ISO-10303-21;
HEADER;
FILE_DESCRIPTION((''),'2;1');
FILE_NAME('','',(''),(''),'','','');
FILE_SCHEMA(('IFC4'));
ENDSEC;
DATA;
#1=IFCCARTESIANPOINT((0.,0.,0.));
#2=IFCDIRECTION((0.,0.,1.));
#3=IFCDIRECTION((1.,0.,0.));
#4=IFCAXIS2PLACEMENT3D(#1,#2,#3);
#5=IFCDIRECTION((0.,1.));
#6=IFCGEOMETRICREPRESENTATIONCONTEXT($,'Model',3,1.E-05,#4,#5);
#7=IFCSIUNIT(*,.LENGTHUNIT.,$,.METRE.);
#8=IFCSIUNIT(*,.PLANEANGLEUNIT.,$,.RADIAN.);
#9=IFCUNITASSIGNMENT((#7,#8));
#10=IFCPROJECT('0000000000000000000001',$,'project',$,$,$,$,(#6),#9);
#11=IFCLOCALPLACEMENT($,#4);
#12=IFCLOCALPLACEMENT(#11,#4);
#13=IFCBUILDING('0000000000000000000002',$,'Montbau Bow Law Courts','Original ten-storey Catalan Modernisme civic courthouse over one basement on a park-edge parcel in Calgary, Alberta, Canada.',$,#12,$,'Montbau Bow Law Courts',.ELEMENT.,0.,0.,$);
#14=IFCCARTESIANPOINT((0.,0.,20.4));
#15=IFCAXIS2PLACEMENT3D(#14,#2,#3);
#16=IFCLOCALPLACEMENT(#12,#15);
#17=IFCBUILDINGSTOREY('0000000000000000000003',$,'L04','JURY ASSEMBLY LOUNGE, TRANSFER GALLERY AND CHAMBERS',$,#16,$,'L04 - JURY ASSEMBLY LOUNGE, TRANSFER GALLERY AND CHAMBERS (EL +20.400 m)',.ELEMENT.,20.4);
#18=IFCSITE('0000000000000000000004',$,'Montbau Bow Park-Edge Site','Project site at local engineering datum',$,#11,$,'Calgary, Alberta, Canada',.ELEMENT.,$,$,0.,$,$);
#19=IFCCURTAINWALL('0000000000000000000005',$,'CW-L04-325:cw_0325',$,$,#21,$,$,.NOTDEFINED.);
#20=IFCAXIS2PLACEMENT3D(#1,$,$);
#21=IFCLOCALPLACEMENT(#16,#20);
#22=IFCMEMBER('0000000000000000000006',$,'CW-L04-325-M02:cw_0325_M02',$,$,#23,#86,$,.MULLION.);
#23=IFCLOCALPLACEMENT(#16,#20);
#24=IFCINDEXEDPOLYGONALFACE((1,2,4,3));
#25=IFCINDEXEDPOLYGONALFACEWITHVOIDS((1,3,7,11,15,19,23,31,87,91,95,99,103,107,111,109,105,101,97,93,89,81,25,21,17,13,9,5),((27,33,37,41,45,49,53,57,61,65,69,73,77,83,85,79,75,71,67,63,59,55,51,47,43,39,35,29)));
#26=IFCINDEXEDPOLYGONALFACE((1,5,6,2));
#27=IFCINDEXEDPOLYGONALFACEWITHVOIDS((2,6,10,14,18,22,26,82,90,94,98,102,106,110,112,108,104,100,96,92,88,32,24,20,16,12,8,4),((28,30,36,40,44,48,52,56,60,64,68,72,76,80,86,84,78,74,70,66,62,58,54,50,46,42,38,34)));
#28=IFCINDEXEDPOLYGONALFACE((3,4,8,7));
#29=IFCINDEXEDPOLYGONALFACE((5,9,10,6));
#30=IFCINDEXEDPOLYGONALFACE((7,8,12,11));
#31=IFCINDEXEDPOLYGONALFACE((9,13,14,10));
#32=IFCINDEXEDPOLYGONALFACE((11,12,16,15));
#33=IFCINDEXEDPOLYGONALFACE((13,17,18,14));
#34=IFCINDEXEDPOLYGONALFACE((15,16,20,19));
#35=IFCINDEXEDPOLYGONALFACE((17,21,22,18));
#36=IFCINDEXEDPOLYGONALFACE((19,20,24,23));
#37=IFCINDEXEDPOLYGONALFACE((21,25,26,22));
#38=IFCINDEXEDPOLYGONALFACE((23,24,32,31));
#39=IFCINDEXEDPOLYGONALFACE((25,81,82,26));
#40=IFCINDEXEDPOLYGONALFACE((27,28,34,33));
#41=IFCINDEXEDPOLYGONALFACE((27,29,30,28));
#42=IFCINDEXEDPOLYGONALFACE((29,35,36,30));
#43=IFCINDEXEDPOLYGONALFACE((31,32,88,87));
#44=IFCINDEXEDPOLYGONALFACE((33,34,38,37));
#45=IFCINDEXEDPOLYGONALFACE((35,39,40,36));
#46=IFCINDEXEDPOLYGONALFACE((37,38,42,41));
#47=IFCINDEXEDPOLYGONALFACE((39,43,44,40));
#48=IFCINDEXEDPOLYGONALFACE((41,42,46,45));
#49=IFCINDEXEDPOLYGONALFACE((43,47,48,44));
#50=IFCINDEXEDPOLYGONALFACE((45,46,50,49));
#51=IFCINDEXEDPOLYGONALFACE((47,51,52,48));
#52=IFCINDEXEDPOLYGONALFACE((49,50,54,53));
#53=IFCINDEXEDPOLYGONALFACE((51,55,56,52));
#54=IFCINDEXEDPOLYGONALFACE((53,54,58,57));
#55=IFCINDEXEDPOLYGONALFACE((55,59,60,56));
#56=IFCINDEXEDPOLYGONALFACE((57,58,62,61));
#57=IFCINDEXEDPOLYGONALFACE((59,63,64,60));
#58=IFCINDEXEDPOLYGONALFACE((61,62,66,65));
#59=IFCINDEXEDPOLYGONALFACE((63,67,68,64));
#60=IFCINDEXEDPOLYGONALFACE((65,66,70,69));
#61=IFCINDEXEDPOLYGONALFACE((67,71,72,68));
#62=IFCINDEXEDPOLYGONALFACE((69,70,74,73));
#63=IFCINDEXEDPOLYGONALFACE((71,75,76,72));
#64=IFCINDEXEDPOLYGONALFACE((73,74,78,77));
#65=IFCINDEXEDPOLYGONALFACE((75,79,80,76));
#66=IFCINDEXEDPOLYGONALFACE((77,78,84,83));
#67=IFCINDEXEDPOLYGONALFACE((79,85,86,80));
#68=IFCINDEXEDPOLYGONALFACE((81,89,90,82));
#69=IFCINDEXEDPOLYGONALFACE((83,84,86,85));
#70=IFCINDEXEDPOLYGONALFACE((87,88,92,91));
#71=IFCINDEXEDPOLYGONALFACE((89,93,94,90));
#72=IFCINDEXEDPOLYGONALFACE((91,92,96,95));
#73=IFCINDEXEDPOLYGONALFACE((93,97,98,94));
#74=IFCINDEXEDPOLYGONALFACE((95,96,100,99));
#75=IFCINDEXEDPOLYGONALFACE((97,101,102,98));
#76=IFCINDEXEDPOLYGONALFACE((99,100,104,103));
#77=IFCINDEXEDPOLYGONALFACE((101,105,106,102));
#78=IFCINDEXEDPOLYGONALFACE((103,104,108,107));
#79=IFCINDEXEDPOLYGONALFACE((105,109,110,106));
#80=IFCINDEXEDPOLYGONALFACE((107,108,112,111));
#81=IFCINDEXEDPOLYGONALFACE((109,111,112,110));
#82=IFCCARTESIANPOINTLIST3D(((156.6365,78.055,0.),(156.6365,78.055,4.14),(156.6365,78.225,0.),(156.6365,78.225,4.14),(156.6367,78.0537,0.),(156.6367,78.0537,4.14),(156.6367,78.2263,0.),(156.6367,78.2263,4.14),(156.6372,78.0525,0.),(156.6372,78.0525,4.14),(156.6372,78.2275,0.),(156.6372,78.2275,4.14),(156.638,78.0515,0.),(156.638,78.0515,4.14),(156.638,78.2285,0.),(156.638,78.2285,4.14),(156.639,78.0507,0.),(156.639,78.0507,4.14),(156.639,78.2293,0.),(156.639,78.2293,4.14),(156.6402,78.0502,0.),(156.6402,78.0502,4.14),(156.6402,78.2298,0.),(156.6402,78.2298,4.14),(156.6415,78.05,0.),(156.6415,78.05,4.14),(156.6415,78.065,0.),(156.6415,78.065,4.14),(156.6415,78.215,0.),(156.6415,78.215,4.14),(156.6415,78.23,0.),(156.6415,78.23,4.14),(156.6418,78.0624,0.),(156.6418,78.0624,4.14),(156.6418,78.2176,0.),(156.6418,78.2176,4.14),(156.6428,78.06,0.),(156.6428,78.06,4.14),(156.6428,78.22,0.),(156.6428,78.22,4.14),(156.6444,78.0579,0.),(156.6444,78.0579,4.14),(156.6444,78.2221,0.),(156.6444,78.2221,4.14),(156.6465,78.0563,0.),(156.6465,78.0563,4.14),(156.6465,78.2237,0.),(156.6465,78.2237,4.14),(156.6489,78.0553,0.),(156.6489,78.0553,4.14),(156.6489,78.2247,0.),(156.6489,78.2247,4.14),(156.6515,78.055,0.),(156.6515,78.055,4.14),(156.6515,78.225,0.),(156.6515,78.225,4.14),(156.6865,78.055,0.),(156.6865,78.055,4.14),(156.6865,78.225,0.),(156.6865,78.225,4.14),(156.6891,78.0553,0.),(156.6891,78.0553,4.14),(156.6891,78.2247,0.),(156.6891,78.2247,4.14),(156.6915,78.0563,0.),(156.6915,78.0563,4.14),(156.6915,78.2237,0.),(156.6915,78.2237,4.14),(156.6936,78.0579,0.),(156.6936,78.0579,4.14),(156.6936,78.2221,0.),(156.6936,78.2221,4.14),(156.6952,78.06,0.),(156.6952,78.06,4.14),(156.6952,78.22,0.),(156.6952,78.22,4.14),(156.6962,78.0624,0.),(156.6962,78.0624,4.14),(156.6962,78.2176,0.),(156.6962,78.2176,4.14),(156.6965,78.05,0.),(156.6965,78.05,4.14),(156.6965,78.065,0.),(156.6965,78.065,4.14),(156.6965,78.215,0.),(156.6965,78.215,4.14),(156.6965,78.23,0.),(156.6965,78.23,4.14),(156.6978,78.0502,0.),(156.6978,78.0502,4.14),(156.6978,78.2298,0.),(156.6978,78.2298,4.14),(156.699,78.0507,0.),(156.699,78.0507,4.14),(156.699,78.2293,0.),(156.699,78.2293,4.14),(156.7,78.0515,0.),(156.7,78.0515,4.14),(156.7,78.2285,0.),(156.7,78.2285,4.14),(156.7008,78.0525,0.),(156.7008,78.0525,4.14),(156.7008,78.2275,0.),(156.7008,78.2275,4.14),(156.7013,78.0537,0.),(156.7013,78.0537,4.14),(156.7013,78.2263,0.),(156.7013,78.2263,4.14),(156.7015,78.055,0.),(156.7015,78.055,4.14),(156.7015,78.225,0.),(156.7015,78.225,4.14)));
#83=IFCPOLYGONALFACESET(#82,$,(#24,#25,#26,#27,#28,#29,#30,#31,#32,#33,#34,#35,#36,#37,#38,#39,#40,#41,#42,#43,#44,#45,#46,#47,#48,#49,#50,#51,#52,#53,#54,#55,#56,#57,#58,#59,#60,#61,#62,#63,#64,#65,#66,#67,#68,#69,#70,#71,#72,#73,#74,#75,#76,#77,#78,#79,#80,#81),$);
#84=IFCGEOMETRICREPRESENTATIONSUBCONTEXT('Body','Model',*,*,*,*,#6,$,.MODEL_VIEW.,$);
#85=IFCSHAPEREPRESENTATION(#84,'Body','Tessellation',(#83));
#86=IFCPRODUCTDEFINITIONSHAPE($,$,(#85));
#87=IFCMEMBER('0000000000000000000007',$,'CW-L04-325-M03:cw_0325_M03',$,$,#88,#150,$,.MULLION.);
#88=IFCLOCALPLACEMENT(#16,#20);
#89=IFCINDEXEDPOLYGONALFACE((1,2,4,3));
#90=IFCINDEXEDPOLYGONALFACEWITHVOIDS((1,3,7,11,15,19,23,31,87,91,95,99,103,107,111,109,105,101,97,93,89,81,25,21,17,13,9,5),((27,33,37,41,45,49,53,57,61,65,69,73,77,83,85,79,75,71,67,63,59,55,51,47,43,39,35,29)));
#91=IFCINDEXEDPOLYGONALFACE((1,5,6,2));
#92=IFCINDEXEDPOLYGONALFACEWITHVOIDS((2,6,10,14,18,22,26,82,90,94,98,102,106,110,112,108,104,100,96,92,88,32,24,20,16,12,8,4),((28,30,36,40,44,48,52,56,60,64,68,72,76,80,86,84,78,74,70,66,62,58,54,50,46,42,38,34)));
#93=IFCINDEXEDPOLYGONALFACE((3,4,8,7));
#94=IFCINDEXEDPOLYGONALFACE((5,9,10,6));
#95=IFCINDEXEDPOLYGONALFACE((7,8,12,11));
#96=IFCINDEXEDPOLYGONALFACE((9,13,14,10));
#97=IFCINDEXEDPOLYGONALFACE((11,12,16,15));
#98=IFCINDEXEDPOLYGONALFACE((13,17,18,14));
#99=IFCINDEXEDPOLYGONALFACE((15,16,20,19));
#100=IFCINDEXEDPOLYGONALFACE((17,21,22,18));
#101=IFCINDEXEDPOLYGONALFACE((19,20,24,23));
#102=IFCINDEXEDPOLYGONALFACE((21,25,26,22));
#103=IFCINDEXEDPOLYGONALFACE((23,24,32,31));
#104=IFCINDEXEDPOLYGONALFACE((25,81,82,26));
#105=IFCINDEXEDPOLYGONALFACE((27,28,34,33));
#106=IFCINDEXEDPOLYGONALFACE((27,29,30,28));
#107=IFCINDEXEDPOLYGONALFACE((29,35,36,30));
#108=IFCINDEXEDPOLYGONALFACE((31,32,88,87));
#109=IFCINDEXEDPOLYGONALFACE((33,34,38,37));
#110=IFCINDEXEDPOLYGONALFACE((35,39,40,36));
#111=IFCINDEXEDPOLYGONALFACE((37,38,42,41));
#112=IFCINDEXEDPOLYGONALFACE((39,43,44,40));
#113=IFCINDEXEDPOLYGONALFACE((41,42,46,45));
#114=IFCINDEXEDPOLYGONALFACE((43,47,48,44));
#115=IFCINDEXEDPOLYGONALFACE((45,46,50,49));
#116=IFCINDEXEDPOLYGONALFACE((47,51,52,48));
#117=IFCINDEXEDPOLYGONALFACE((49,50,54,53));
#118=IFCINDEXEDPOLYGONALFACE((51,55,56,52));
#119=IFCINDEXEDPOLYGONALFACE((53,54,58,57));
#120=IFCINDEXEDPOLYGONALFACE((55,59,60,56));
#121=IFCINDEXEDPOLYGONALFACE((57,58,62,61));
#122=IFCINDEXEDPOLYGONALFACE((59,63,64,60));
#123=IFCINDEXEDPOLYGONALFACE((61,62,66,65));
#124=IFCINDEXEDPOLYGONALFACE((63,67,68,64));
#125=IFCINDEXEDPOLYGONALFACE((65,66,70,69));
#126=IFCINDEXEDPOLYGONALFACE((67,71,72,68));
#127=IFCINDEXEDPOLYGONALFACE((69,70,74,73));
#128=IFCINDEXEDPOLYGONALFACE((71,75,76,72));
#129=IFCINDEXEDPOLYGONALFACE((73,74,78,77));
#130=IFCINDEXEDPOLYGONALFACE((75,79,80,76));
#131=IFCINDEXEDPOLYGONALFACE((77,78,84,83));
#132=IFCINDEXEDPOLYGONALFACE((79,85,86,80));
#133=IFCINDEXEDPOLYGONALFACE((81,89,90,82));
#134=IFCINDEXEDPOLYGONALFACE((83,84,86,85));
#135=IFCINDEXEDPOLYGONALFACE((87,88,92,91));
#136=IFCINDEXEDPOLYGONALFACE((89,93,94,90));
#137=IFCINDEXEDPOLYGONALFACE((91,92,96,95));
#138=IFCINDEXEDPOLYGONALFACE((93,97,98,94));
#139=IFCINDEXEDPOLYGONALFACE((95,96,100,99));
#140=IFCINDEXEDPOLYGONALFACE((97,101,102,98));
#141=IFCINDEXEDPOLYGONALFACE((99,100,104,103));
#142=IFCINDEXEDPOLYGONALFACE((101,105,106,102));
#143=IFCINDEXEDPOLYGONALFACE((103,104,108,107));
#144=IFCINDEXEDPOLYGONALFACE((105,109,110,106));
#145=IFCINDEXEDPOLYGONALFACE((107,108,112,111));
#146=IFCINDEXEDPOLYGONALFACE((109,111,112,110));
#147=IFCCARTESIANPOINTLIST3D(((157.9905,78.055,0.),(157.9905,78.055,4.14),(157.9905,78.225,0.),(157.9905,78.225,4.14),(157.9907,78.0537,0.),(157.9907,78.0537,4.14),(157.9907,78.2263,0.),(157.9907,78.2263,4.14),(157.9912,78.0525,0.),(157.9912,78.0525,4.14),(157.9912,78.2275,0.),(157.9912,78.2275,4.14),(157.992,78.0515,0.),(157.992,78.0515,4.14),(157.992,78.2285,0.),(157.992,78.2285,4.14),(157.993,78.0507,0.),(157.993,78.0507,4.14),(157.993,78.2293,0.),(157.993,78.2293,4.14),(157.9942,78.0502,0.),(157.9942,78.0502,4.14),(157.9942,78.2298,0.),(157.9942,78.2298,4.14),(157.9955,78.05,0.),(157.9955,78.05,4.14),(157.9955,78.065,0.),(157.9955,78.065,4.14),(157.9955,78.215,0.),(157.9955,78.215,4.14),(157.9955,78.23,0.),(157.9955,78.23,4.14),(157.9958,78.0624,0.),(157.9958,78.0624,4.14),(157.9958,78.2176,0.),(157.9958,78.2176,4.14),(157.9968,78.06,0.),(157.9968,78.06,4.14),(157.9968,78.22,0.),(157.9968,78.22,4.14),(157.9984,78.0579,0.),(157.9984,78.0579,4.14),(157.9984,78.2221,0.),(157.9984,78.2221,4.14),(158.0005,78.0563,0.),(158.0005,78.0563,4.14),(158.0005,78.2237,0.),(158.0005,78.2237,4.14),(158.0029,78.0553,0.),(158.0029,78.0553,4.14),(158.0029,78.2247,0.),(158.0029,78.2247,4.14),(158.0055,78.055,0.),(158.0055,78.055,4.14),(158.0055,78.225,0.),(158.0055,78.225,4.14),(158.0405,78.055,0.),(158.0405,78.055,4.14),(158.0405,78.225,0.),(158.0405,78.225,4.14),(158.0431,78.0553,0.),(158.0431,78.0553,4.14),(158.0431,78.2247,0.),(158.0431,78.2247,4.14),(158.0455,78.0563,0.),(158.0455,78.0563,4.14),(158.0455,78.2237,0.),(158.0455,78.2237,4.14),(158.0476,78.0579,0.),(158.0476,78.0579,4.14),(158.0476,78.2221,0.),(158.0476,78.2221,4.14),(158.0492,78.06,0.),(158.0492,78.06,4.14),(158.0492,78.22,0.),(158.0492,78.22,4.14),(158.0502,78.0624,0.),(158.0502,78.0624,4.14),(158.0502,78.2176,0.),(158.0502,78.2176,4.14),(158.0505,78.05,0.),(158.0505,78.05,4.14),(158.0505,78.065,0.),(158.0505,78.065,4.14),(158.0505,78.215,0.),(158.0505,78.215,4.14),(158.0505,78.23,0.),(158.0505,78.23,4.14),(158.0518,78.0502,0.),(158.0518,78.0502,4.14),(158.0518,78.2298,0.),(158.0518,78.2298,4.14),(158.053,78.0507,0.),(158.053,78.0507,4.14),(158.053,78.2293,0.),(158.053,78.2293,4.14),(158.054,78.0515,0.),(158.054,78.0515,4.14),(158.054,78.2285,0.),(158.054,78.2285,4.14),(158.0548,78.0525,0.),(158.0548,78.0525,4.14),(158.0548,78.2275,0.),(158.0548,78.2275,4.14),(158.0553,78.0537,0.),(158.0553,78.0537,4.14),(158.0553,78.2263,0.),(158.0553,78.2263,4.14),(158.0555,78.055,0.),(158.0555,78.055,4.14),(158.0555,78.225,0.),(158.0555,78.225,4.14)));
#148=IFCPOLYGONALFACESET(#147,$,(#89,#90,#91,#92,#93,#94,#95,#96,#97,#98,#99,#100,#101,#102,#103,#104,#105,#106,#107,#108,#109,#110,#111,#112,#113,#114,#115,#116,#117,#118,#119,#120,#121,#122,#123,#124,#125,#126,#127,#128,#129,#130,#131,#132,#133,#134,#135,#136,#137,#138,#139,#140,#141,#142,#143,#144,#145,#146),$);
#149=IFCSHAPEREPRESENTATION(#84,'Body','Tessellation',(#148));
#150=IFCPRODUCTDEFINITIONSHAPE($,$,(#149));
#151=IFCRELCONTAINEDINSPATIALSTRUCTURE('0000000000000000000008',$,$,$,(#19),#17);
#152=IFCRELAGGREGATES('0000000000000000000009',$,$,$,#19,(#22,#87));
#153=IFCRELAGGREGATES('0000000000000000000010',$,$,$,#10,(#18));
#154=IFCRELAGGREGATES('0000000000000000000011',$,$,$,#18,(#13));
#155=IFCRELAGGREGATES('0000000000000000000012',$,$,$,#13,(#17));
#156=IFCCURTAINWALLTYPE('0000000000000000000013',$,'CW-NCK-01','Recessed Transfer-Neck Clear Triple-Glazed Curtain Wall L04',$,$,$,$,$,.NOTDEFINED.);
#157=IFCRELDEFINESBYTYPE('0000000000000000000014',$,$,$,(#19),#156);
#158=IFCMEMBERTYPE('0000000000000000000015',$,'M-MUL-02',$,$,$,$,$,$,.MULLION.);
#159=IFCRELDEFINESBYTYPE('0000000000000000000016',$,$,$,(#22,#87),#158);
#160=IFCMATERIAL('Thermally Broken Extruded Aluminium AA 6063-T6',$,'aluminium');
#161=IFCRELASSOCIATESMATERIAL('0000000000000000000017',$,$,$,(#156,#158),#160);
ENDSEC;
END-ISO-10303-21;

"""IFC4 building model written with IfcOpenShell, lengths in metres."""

from ifc_helpers import new_model, si_unit, direction, frame, origin_with_axes, origin_2d_with_axis, place, context, subcontext, project, spatial, hollow_rectangle, extrude, material, material_profile, profile_set, type_object, element, aggregate, save


model = new_model("IFC4")

# Units and contexts
model_context = context("Model", 3, precision=1e-05, world=origin_with_axes(), true_north=direction((0.0, 1.0)))
body_context = subcontext(model_context, "Body", "Model", "MODEL_VIEW")
ifc_project = project(units=[si_unit("LENGTHUNIT", "METRE"), si_unit("PLANEANGLEUNIT", "RADIAN")], contexts=[model_context])

# Site, building, storey
site_placement = place(None, origin_with_axes())
site = spatial("IfcSite", under=ifc_project, at=site_placement, Name="Montbau Bow Park-Edge Site", Description="Project site at local engineering datum", LongName="Calgary, Alberta, Canada", CompositionType="ELEMENT", RefElevation=0.0)
building_placement = place(site_placement, origin_with_axes())
building = spatial("IfcBuilding", under=site, at=building_placement, Name="Montbau Bow Law Courts", Description="Original ten-storey Catalan Modernisme civic courthouse over one basement on a park-edge parcel in Calgary, Alberta, Canada.", LongName="Montbau Bow Law Courts", CompositionType="ELEMENT", ElevationOfRefHeight=0.0, ElevationOfTerrain=0.0)
storey_placement = place(building_placement, frame((0.0, 0.0, 20.4), z_axis=(0.0, 0.0, 1.0), x_axis=(1.0, 0.0, 0.0)))
storey = spatial("IfcBuildingStorey", under=building, at=storey_placement, Name="L04", Description="JURY ASSEMBLY LOUNGE, TRANSFER GALLERY AND CHAMBERS", LongName="L04 - JURY ASSEMBLY LOUNGE, TRANSFER GALLERY AND CHAMBERS (EL +20.400 m)", CompositionType="ELEMENT", Elevation=20.4)

# Curtain wall, members
ifc_material_1 = material(Name="Thermally Broken Extruded Aluminium AA 6063-T6", Category="aluminium")
curtain_wall_type = type_object("IfcCurtainWallType", Name="CW-NCK-01", Description="Recessed Transfer-Neck Clear Triple-Glazed Curtain Wall L04", PredefinedType="NOTDEFINED", material=ifc_material_1)
curtain_wall_placement = place(None, frame((155.315, 78.14, 20.4), z_axis=(0.0, 0.0, 1.0), x_axis=(1.0, 0.0, 0.0)))
curtain_wall = element("IfcCurtainWall", 1, at=curtain_wall_placement, inside=storey, type_object=curtain_wall_type, Name="CW-L04-325:cw_0325", PredefinedType="NOTDEFINED")
ifc_material_profile_1 = material_profile(ifc_material_1, hollow_rectangle(XDim=0.065, YDim=0.18, WallThickness=0.005, InnerFilletRadius=0.01, OuterFilletRadius=0.005, at=origin_2d_with_axis()), Name="CWM-180X65", Category="Main", Priority=0)
ifc_profile_set_1 = profile_set([ifc_material_profile_1], Name="Thermally Broken Extruded Aluminium AA 6063-T6")
member_type_1 = type_object("IfcMemberType", Name="M-MUL-02", PredefinedType="MULLION", material=ifc_profile_set_1)
member_1_placement = place(None, frame((156.669, 78.14, 20.4), z_axis=(0.0, 0.0, 1.0), x_axis=(1.0, 0.0, 0.0)))
member_1 = element("IfcMember", 2, at=member_1_placement, type_object=member_type_1, Name="CW-L04-325-M02:cw_0325_M02", PredefinedType="MULLION", context=body_context, shape_type="SweptSolid", body=[
    extrude(hollow_rectangle(XDim=0.065, YDim=0.18, WallThickness=0.005, InnerFilletRadius=0.01, OuterFilletRadius=0.005, at=origin_2d_with_axis()), origin_with_axes(), (0.0, 0.0, 1.0), 4.14),
])
member_2_placement = place(None, frame((158.023, 78.14, 20.4), z_axis=(0.0, 0.0, 1.0), x_axis=(1.0, 0.0, 0.0)))
member_2 = element("IfcMember", 3, at=member_2_placement, type_object=member_type_1, Name="CW-L04-325-M03:cw_0325_M03", PredefinedType="MULLION", context=body_context, shape_type="SweptSolid", body=[
    extrude(hollow_rectangle(XDim=0.065, YDim=0.18, WallThickness=0.005, InnerFilletRadius=0.01, OuterFilletRadius=0.005, at=origin_2d_with_axis()), origin_with_axes(), (0.0, 0.0, 1.0), 4.14),
])
aggregate(curtain_wall, [member_1, member_2])

save(model, "model.ifc")
